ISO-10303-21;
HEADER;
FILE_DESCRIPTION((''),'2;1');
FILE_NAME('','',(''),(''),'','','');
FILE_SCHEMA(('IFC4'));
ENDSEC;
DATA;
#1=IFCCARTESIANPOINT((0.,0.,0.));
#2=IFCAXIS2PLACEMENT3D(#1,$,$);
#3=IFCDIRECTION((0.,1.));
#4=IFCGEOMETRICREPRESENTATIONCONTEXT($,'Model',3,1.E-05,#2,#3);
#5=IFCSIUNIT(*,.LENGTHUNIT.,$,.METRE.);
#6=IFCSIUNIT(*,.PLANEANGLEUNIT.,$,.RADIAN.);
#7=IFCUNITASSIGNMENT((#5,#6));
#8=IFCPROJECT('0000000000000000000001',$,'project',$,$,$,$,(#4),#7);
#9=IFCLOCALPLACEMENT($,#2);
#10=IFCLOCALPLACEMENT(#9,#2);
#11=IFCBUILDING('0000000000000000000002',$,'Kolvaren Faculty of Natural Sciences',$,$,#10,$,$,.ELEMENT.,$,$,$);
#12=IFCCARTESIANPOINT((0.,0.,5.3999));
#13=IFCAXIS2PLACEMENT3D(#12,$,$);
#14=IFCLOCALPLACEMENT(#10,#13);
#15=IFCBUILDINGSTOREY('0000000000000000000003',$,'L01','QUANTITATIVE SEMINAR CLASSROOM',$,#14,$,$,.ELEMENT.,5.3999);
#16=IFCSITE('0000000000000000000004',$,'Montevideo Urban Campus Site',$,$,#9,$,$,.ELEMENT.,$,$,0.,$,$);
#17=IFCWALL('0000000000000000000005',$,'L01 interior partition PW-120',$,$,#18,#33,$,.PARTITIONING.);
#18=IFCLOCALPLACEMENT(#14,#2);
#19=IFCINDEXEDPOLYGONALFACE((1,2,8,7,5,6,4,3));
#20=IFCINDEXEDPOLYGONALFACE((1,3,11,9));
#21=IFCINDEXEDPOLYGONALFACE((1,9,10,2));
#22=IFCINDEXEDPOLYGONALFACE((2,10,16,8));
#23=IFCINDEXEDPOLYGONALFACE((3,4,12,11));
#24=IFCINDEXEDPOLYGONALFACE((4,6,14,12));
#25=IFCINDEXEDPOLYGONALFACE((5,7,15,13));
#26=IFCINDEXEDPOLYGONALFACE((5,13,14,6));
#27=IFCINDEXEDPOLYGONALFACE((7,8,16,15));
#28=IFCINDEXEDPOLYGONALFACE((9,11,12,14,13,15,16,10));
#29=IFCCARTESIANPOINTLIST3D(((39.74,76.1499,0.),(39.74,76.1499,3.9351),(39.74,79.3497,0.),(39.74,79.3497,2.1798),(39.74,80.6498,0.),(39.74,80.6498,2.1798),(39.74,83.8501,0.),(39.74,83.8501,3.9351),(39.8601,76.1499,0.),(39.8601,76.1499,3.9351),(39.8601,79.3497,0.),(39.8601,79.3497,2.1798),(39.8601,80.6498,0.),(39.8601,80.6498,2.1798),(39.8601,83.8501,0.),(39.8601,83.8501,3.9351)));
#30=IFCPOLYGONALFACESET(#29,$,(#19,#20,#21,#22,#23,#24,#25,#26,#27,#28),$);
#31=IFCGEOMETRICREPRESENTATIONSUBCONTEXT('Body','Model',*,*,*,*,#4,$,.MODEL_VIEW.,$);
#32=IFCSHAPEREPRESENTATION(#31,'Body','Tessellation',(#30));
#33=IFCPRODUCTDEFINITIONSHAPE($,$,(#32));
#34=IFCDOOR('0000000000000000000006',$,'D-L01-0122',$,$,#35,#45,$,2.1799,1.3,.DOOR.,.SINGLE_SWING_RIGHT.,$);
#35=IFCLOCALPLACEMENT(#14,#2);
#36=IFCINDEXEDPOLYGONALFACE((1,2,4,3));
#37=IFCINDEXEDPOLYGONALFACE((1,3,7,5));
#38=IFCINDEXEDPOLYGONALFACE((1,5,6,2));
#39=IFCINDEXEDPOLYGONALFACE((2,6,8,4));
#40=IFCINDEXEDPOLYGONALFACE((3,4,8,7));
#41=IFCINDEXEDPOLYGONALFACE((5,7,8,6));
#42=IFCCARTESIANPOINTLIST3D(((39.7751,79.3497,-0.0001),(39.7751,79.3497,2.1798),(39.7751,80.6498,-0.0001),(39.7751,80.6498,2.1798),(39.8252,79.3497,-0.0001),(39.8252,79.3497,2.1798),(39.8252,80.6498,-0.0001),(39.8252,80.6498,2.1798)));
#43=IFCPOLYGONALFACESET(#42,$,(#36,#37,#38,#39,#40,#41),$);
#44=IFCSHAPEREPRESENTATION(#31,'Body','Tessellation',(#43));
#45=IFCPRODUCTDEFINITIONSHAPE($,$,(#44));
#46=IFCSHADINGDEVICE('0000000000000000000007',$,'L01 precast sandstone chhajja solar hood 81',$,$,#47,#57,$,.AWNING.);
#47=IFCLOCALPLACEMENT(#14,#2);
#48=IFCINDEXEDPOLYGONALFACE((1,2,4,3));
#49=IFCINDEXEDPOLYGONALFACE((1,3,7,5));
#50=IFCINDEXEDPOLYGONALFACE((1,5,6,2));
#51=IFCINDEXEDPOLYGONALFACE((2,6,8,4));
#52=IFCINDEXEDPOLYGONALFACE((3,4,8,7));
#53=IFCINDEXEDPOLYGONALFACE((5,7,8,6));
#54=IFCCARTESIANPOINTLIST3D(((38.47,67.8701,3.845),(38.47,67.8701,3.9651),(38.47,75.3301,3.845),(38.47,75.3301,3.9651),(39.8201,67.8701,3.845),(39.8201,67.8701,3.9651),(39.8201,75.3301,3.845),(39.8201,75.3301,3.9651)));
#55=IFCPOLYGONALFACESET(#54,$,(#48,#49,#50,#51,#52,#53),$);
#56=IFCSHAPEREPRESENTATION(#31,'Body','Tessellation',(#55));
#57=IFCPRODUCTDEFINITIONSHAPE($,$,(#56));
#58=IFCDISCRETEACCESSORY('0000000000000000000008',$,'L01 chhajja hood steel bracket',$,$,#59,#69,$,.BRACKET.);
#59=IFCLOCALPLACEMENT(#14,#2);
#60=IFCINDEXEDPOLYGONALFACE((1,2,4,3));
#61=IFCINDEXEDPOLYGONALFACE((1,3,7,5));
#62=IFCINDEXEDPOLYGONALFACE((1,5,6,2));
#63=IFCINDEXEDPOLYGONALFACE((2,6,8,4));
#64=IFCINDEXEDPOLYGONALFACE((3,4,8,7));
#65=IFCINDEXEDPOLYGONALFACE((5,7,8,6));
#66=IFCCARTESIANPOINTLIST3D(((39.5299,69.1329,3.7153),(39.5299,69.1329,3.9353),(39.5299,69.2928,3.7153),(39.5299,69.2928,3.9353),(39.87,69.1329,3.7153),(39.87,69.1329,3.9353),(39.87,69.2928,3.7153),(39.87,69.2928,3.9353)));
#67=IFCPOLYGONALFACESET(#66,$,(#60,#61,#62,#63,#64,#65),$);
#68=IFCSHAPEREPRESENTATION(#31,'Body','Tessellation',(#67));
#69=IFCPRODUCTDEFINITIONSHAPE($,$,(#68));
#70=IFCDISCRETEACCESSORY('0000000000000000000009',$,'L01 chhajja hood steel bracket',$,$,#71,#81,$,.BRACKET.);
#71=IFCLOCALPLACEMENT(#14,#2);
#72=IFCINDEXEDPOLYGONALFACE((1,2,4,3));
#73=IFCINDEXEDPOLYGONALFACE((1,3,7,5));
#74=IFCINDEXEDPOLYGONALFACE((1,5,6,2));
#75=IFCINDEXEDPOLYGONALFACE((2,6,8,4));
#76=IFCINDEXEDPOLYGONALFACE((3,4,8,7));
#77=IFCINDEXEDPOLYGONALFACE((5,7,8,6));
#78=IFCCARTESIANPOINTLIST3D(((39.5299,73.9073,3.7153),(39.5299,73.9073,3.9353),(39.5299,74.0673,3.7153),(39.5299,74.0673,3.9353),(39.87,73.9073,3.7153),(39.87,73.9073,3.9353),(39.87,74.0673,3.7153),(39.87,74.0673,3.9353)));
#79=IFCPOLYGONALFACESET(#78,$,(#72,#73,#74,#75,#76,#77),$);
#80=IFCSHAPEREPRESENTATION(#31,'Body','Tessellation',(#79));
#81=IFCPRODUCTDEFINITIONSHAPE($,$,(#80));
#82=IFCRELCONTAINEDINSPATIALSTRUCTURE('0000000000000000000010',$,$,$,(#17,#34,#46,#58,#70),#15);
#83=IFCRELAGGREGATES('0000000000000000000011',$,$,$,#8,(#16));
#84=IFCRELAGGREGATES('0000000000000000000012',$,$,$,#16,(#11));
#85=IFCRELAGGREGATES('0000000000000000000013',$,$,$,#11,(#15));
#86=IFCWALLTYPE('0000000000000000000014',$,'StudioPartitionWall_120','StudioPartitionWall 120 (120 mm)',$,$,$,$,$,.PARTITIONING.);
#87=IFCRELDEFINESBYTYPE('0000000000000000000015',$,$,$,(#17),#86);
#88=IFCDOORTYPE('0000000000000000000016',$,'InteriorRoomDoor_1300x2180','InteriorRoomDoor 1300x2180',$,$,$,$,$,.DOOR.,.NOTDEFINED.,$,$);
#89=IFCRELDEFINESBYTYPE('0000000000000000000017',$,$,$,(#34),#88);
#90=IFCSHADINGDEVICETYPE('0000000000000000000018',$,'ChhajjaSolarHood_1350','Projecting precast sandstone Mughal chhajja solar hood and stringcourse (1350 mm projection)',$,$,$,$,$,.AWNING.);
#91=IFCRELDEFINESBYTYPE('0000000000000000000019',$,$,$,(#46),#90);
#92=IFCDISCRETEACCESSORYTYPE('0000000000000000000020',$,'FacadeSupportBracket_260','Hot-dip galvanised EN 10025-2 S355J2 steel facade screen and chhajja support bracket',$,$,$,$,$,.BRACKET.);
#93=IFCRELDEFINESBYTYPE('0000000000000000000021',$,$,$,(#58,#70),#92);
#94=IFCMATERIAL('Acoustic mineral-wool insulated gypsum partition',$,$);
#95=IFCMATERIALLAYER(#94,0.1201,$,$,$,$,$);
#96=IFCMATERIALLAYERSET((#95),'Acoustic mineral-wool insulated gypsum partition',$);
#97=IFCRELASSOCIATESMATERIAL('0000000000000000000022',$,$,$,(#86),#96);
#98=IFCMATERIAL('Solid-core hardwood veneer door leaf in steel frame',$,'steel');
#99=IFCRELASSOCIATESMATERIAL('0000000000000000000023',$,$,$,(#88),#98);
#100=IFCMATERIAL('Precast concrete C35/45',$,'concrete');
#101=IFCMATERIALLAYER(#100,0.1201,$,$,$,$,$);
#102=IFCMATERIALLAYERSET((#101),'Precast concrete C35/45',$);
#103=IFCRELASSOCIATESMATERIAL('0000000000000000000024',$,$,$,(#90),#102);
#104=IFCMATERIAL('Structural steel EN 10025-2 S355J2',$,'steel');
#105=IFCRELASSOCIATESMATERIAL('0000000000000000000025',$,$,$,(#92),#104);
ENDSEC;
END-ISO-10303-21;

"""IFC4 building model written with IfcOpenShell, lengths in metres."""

from ifc_helpers import new_model, si_unit, direction, frame, frame_2d, origin, origin_2d, place, context, subcontext, project, spatial, rectangle, extrude, material, layer, layer_set, type_object, element, fill, save


model = new_model("IFC4")

# Units and contexts
model_context = context("Model", 3, precision=1e-05, world=origin(), true_north=direction((0.0, 1.0)))
body_context = subcontext(model_context, "Body", "Model", "MODEL_VIEW")
ifc_project = project(units=[si_unit("LENGTHUNIT", "METRE"), si_unit("PLANEANGLEUNIT", "RADIAN")], contexts=[model_context])

# Site, building, storey
site_placement = place(None, origin())
site = spatial("IfcSite", under=ifc_project, at=site_placement, Name="Montevideo Urban Campus Site", CompositionType="ELEMENT", RefElevation=0.0)
building_placement = place(site_placement, origin())
building = spatial("IfcBuilding", under=site, at=building_placement, Name="Kolvaren Faculty of Natural Sciences", CompositionType="ELEMENT")
storey_placement = place(building_placement, frame((0.0, 0.0, 5.3999)))
storey = spatial("IfcBuildingStorey", under=building, at=storey_placement, Name="L01", Description="QUANTITATIVE SEMINAR CLASSROOM", CompositionType="ELEMENT", Elevation=5.3999)

# Wall, opening, door
ifc_material_1 = material(Name="Acoustic mineral-wool insulated gypsum partition")
ifc_layer_1 = layer(ifc_material_1, 0.1201)
ifc_layer_set_1 = layer_set([ifc_layer_1], Name="Acoustic mineral-wool insulated gypsum partition")
wall_type_1 = type_object("IfcWallType", Name="StudioPartitionWall_120", Description="StudioPartitionWall 120 (120 mm)", PredefinedType="PARTITIONING", material=ifc_layer_set_1)
wall_1_placement = place(storey_placement, frame((39.8, 76.1499, 0.0), z_axis=(0.0, 0.0, 1.0), x_axis=(0.0, 1.0, 0.0)))
wall_1 = element("IfcWall", 1, at=wall_1_placement, inside=storey, type_object=wall_type_1, Name="L01 interior partition PW-120", PredefinedType="PARTITIONING", context=body_context, shape_type="SweptSolid", body=[
    extrude(rectangle(XDim=7.7002, YDim=0.1201, at=frame_2d((3.8501, 0.0))), origin(), (0.0, 0.0, 1.0), 3.9351),
])
opening_1_placement = place(wall_1_placement, frame((3.2, 0.0, 0.0)))
opening_1 = element("IfcOpeningElement", 2, at=opening_1_placement, cuts=wall_1, PredefinedType="OPENING", context=body_context, shape_type="SweptSolid", body=[
    extrude(rectangle(XDim=1.3, YDim=2.1799, at=frame_2d((0.6499, 1.0898))), frame((0.0, 0.0701, 0.0), z_axis=(0.0, -1.0, 0.0), x_axis=(1.0, 0.0, 0.0)), (0.0, 0.0, 1.0), 0.1401),
])
ifc_material_2 = material(Name="Solid-core hardwood veneer door leaf in steel frame", Category="steel")
door_type = type_object("IfcDoorType", Name="InteriorRoomDoor_1300x2180", Description="InteriorRoomDoor 1300x2180", OperationType="NOTDEFINED", PredefinedType="DOOR", material=ifc_material_2)
door_placement = place(opening_1_placement, origin())
door = element("IfcDoor", 3, at=door_placement, inside=storey, type_object=door_type, Name="D-L01-0122", OperationType="SINGLE_SWING_RIGHT", OverallHeight=2.1799, OverallWidth=1.3, PredefinedType="DOOR", context=body_context, shape_type="SweptSolid", body=[
    extrude(rectangle(XDim=1.3, YDim=2.1799, at=frame_2d((0.6499, 1.0898))), frame((0.0, 0.0249, 0.0), z_axis=(0.0, -1.0, 0.0), x_axis=(1.0, 0.0, 0.0)), (0.0, 0.0, 1.0), 0.05),
])
fill(opening_1, door)

# Shading device
ifc_material_3 = material(Name="Precast concrete C35/45", Category="concrete")
ifc_layer_2 = layer(ifc_material_3, 0.1201)
ifc_layer_set_2 = layer_set([ifc_layer_2], Name="Precast concrete C35/45")
shading_device_type = type_object("IfcShadingDeviceType", Name="ChhajjaSolarHood_1350", Description="Projecting precast sandstone Mughal chhajja solar hood and stringcourse (1350 mm projection)", PredefinedType="AWNING", material=ifc_layer_set_2)
shading_device_placement = place(storey_placement, frame((39.145, 71.6001, 3.845), z_axis=(0.0, 0.0, 1.0), x_axis=(0.0, 1.0, 0.0)))
element("IfcShadingDevice", 4, at=shading_device_placement, inside=storey, type_object=shading_device_type, Name="L01 precast sandstone chhajja solar hood 81", PredefinedType="AWNING", context=body_context, shape_type="SweptSolid", body=[
    extrude(rectangle(XDim=7.46, YDim=1.3501, at=origin_2d()), origin(), (0.0, 0.0, 1.0), 0.1201),
])

# Discrete accessories
ifc_material_4 = material(Name="Structural steel EN 10025-2 S355J2", Category="steel")
discrete_accessory_type = type_object("IfcDiscreteAccessoryType", Name="FacadeSupportBracket_260", Description="Hot-dip galvanised EN 10025-2 S355J2 steel facade screen and chhajja support bracket", PredefinedType="BRACKET", material=ifc_material_4)
for number, where, z_axis, x_axis, name in (
    (5, (39.7, 69.2129, 3.7153), (0.0, 0.0, 1.0), (0.0, 1.0, 0.0), "L01 chhajja hood steel bracket"),
    (6, (39.7, 73.9873, 3.7153), (0.0, 0.0, 1.0), (0.0, 1.0, 0.0), "L01 chhajja hood steel bracket"),
):
    element("IfcDiscreteAccessory", number, at=place(storey_placement, frame(where, z_axis=z_axis, x_axis=x_axis)), inside=storey, type_object=discrete_accessory_type, Name=name, PredefinedType="BRACKET", context=body_context, shape_type="SweptSolid", body=[
        extrude(rectangle(XDim=0.1599, YDim=0.3401, at=origin_2d()), origin(), (0.0, 0.0, 1.0), 0.22),
    ])

save(model, "model.ifc")
